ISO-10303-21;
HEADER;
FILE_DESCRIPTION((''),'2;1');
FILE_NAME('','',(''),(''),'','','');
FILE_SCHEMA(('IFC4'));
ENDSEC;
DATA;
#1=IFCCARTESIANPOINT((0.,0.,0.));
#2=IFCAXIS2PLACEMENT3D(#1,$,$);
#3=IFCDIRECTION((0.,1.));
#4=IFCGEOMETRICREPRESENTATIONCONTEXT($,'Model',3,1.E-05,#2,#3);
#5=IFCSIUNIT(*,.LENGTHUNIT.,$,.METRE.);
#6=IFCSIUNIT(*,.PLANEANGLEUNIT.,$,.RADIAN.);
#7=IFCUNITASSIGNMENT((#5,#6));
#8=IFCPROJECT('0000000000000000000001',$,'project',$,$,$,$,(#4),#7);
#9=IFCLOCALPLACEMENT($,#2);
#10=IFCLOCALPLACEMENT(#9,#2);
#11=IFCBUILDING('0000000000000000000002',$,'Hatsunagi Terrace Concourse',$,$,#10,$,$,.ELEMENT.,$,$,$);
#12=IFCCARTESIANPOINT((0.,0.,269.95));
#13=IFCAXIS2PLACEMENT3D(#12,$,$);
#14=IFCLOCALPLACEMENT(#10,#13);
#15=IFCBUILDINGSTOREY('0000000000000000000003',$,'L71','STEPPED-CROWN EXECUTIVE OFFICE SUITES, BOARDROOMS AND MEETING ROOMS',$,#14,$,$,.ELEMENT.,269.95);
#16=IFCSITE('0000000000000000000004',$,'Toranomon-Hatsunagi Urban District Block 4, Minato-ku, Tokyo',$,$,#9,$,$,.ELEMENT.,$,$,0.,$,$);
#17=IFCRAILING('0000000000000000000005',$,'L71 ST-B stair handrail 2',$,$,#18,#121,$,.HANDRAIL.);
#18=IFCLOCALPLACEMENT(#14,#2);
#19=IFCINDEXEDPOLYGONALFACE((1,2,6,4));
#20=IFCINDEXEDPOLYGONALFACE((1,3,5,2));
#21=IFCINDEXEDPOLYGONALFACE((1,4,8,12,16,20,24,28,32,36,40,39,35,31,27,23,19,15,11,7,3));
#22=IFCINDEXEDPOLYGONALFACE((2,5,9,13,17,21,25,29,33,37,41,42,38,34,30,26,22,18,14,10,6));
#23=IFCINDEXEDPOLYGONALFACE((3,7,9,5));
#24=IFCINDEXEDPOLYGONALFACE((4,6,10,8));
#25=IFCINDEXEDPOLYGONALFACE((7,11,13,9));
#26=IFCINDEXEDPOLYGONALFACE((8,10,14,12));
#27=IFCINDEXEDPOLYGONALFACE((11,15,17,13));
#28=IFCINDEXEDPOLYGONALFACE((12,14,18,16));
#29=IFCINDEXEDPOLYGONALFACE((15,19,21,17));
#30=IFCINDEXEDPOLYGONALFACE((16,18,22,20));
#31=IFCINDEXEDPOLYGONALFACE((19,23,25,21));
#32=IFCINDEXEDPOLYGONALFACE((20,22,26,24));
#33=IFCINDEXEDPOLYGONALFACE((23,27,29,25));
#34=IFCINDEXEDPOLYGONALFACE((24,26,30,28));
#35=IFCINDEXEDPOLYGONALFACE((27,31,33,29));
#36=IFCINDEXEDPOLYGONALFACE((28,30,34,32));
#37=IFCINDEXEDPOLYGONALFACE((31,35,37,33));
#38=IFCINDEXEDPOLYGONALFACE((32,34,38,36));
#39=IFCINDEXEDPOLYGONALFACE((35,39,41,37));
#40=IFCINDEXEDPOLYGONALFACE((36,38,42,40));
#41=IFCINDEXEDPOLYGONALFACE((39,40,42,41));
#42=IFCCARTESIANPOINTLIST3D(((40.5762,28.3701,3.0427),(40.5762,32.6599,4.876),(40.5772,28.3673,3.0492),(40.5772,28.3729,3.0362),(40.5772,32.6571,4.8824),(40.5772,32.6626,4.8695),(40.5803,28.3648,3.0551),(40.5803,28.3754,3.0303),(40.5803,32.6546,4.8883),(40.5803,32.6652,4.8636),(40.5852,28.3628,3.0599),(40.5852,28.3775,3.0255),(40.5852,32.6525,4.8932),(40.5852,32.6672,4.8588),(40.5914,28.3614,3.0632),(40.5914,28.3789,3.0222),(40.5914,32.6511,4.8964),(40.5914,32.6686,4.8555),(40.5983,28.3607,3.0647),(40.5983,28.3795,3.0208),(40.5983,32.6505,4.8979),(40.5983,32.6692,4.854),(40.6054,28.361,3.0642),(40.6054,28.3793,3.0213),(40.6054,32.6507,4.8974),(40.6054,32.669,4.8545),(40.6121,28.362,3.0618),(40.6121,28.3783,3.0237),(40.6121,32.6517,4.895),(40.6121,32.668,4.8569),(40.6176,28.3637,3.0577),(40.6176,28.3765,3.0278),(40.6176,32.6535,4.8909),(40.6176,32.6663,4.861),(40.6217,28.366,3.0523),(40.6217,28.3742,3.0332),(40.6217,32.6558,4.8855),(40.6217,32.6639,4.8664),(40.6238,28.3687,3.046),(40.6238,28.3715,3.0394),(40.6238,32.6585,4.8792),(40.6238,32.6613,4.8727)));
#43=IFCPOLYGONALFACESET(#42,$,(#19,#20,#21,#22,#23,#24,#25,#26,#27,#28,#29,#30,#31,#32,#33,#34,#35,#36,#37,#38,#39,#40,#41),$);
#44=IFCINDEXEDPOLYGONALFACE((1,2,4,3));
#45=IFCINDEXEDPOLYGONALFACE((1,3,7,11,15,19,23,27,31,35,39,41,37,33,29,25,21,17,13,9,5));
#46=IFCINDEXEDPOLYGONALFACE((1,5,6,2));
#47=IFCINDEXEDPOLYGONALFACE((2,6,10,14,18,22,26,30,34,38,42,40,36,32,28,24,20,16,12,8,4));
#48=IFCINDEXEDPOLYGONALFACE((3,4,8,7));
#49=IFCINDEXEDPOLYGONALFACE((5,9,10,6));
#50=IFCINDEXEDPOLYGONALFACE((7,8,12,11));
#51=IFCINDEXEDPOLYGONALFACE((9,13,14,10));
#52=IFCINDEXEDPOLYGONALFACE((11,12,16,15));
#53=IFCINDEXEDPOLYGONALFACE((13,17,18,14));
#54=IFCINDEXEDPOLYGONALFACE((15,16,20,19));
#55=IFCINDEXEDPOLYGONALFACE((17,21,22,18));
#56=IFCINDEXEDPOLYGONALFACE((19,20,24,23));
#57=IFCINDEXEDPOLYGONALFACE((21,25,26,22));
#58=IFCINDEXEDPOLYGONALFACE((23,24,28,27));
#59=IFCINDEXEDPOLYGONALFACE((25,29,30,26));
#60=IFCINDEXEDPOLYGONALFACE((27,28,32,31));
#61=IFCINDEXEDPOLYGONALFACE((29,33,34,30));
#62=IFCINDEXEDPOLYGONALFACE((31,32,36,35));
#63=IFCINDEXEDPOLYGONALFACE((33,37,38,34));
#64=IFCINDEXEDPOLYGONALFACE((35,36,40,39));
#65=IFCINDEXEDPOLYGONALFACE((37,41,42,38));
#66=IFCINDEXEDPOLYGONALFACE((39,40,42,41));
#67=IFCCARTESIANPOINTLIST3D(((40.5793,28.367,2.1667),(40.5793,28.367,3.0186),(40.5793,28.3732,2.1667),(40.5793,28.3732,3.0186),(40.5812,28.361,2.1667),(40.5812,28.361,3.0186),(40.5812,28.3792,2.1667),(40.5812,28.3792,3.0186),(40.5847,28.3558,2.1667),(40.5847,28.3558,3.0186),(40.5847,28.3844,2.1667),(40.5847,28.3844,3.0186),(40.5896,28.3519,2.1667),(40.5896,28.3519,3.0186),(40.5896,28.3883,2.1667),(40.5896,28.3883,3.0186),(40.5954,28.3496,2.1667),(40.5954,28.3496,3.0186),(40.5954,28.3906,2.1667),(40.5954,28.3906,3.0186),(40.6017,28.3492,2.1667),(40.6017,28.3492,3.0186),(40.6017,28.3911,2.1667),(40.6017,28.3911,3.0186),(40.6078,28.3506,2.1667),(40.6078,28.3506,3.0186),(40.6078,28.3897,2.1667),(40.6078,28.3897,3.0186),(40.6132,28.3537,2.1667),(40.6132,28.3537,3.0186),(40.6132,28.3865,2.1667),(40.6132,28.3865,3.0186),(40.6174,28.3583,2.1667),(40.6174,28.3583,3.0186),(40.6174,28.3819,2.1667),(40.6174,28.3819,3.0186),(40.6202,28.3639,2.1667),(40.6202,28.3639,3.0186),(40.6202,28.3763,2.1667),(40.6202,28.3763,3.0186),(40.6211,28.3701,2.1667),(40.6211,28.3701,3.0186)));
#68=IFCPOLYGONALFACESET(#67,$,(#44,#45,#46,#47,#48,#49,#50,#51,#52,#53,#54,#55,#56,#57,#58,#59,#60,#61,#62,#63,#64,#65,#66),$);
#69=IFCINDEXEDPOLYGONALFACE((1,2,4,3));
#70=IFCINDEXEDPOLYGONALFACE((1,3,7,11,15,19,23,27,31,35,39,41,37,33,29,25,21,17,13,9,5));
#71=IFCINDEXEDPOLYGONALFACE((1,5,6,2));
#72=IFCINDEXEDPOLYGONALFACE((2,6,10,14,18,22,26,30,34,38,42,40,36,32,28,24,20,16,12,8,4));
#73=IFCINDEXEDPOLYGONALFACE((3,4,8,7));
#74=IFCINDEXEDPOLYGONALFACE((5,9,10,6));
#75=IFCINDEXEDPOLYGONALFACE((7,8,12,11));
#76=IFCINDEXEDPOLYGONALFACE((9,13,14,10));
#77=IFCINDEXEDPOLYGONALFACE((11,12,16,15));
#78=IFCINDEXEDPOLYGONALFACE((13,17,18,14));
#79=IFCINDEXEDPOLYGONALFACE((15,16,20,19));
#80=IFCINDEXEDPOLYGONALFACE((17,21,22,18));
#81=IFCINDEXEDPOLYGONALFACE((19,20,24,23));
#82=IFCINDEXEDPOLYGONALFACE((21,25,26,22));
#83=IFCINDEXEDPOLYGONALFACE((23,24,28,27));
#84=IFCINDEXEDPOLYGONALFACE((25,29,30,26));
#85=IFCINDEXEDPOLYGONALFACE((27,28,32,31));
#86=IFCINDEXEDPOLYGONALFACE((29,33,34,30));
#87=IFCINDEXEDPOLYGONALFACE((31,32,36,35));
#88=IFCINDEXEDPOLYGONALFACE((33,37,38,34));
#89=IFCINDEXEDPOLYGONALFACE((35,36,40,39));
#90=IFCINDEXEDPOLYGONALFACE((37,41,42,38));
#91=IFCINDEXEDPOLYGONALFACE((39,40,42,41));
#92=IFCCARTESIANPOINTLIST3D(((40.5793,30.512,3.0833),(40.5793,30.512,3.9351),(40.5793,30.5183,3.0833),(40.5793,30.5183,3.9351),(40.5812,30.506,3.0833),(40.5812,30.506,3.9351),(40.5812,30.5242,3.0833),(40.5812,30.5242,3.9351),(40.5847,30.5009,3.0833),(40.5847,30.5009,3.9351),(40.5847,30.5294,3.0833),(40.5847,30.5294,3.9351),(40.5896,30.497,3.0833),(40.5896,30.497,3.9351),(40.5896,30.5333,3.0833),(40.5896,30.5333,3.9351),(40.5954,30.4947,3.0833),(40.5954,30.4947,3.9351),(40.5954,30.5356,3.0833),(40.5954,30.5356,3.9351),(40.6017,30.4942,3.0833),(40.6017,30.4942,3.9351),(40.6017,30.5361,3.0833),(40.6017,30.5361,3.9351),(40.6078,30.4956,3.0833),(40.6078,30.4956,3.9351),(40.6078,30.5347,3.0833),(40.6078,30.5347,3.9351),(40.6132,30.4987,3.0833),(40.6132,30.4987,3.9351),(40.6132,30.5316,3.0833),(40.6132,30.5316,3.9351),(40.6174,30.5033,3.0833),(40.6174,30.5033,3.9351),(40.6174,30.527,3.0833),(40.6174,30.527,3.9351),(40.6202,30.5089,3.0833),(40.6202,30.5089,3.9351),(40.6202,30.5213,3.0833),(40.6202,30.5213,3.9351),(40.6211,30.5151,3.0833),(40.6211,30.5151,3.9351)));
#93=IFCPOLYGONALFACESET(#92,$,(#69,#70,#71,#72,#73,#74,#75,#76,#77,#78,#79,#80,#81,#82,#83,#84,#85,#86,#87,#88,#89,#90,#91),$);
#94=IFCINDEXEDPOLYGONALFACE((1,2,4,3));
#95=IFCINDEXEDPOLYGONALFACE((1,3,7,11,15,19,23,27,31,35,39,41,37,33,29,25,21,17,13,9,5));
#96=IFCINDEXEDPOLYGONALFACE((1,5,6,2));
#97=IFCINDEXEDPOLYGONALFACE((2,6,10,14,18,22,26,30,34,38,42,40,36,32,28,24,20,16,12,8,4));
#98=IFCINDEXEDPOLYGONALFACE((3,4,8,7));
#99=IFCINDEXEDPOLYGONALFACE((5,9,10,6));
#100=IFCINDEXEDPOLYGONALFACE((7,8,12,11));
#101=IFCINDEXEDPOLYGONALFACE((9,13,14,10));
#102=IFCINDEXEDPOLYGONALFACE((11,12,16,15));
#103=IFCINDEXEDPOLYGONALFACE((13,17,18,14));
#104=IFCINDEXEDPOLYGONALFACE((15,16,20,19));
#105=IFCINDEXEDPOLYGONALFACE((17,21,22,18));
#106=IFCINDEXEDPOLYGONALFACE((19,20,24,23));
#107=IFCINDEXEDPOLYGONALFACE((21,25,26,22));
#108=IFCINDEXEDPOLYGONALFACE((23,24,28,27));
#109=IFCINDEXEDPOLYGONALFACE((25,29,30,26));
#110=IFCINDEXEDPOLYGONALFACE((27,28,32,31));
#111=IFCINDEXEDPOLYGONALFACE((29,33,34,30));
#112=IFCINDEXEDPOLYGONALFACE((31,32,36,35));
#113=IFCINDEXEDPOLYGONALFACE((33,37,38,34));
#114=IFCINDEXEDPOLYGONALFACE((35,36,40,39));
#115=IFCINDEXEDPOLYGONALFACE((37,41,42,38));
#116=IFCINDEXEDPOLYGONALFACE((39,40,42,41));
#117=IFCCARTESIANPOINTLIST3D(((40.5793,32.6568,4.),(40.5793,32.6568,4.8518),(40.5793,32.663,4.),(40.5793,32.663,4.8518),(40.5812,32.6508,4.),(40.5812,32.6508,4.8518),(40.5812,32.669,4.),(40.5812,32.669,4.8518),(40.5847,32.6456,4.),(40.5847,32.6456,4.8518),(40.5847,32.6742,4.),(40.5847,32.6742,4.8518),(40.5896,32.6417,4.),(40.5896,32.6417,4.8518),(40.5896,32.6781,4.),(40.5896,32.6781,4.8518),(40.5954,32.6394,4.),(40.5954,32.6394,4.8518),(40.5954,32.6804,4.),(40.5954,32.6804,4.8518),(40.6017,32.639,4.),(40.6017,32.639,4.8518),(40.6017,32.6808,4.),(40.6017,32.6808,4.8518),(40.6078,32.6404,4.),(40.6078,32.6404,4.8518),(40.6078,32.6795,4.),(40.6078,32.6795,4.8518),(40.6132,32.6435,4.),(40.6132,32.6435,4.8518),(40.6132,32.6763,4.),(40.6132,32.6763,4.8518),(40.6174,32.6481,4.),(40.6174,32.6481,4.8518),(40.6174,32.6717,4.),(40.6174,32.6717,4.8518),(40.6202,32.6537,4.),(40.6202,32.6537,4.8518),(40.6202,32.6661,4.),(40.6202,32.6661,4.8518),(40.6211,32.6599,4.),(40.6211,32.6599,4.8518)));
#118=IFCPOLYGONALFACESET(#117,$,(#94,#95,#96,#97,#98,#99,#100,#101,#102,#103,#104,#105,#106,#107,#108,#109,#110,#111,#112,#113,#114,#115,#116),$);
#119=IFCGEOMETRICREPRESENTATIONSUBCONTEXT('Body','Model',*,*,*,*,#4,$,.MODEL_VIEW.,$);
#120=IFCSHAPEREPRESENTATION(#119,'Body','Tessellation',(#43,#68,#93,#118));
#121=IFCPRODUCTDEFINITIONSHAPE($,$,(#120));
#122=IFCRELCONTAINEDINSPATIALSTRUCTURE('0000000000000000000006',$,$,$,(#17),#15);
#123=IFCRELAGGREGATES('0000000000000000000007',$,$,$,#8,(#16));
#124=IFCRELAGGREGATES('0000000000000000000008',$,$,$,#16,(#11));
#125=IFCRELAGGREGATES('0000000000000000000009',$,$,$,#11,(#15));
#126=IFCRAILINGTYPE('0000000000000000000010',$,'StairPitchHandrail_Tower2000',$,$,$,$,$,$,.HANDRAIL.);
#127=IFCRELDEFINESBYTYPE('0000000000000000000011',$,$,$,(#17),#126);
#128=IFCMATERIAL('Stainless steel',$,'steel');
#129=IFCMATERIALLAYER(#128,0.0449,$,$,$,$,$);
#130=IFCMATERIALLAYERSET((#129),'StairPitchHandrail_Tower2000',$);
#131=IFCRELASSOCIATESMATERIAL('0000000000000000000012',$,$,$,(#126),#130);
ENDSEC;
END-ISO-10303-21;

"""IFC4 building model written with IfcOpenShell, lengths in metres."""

from ifc_helpers import new_model, si_unit, direction, frame, origin, origin_2d, place, context, subcontext, project, spatial, circle, extrude, material, layer, layer_set, type_object, element, save


model = new_model("IFC4")

# Units and contexts
model_context = context("Model", 3, precision=1e-05, world=origin(), true_north=direction((0.0, 1.0)))
body_context = subcontext(model_context, "Body", "Model", "MODEL_VIEW")
ifc_project = project(units=[si_unit("LENGTHUNIT", "METRE"), si_unit("PLANEANGLEUNIT", "RADIAN")], contexts=[model_context])

# Site, building, storey
site_placement = place(None, origin())
site = spatial("IfcSite", under=ifc_project, at=site_placement, Name="Toranomon-Hatsunagi Urban District Block 4, Minato-ku, Tokyo", CompositionType="ELEMENT", RefElevation=0.0)
building_placement = place(site_placement, origin())
building = spatial("IfcBuilding", under=site, at=building_placement, Name="Hatsunagi Terrace Concourse", CompositionType="ELEMENT")
storey_placement = place(building_placement, frame((0.0, 0.0, 269.95)))
storey = spatial("IfcBuildingStorey", under=building, at=storey_placement, Name="L71", Description="STEPPED-CROWN EXECUTIVE OFFICE SUITES, BOARDROOMS AND MEETING ROOMS", CompositionType="ELEMENT", Elevation=269.95)

# Railing
ifc_material_1 = material(Name="Stainless steel", Category="steel")
ifc_layer_1 = layer(ifc_material_1, 0.0449)
ifc_layer_set_1 = layer_set([ifc_layer_1], Name="StairPitchHandrail_Tower2000")
railing_type_1 = type_object("IfcRailingType", Name="StairPitchHandrail_Tower2000", PredefinedType="HANDRAIL", material=ifc_layer_set_1)
railing_1_placement = place(storey_placement, frame((40.6001, 28.3701, 2.1667)))
element("IfcRailing", 1, at=railing_1_placement, inside=storey, type_object=railing_type_1, Name="L71 ST-B stair handrail 2", PredefinedType="HANDRAIL", context=body_context, shape_type="SweptSolid", body=[
    extrude(circle(Radius=0.0239, at=origin_2d()), frame((0.0, 0.0, 0.876), z_axis=(0.0, 0.919551, 0.392972), x_axis=(-1.0, 0.0, 0.0)), (0.0, 0.0, 1.0), 4.665),
    extrude(circle(Radius=0.021, at=origin_2d()), origin(), (0.0, 0.0, 1.0), 0.8518),
    extrude(circle(Radius=0.021, at=origin_2d()), frame((0.0, 2.145, 0.9165)), (0.0, 0.0, 1.0), 0.8518),
    extrude(circle(Radius=0.021, at=origin_2d()), frame((0.0, 4.2898, 1.8333)), (0.0, 0.0, 1.0), 0.8518),
])

save(model, "model.ifc")
